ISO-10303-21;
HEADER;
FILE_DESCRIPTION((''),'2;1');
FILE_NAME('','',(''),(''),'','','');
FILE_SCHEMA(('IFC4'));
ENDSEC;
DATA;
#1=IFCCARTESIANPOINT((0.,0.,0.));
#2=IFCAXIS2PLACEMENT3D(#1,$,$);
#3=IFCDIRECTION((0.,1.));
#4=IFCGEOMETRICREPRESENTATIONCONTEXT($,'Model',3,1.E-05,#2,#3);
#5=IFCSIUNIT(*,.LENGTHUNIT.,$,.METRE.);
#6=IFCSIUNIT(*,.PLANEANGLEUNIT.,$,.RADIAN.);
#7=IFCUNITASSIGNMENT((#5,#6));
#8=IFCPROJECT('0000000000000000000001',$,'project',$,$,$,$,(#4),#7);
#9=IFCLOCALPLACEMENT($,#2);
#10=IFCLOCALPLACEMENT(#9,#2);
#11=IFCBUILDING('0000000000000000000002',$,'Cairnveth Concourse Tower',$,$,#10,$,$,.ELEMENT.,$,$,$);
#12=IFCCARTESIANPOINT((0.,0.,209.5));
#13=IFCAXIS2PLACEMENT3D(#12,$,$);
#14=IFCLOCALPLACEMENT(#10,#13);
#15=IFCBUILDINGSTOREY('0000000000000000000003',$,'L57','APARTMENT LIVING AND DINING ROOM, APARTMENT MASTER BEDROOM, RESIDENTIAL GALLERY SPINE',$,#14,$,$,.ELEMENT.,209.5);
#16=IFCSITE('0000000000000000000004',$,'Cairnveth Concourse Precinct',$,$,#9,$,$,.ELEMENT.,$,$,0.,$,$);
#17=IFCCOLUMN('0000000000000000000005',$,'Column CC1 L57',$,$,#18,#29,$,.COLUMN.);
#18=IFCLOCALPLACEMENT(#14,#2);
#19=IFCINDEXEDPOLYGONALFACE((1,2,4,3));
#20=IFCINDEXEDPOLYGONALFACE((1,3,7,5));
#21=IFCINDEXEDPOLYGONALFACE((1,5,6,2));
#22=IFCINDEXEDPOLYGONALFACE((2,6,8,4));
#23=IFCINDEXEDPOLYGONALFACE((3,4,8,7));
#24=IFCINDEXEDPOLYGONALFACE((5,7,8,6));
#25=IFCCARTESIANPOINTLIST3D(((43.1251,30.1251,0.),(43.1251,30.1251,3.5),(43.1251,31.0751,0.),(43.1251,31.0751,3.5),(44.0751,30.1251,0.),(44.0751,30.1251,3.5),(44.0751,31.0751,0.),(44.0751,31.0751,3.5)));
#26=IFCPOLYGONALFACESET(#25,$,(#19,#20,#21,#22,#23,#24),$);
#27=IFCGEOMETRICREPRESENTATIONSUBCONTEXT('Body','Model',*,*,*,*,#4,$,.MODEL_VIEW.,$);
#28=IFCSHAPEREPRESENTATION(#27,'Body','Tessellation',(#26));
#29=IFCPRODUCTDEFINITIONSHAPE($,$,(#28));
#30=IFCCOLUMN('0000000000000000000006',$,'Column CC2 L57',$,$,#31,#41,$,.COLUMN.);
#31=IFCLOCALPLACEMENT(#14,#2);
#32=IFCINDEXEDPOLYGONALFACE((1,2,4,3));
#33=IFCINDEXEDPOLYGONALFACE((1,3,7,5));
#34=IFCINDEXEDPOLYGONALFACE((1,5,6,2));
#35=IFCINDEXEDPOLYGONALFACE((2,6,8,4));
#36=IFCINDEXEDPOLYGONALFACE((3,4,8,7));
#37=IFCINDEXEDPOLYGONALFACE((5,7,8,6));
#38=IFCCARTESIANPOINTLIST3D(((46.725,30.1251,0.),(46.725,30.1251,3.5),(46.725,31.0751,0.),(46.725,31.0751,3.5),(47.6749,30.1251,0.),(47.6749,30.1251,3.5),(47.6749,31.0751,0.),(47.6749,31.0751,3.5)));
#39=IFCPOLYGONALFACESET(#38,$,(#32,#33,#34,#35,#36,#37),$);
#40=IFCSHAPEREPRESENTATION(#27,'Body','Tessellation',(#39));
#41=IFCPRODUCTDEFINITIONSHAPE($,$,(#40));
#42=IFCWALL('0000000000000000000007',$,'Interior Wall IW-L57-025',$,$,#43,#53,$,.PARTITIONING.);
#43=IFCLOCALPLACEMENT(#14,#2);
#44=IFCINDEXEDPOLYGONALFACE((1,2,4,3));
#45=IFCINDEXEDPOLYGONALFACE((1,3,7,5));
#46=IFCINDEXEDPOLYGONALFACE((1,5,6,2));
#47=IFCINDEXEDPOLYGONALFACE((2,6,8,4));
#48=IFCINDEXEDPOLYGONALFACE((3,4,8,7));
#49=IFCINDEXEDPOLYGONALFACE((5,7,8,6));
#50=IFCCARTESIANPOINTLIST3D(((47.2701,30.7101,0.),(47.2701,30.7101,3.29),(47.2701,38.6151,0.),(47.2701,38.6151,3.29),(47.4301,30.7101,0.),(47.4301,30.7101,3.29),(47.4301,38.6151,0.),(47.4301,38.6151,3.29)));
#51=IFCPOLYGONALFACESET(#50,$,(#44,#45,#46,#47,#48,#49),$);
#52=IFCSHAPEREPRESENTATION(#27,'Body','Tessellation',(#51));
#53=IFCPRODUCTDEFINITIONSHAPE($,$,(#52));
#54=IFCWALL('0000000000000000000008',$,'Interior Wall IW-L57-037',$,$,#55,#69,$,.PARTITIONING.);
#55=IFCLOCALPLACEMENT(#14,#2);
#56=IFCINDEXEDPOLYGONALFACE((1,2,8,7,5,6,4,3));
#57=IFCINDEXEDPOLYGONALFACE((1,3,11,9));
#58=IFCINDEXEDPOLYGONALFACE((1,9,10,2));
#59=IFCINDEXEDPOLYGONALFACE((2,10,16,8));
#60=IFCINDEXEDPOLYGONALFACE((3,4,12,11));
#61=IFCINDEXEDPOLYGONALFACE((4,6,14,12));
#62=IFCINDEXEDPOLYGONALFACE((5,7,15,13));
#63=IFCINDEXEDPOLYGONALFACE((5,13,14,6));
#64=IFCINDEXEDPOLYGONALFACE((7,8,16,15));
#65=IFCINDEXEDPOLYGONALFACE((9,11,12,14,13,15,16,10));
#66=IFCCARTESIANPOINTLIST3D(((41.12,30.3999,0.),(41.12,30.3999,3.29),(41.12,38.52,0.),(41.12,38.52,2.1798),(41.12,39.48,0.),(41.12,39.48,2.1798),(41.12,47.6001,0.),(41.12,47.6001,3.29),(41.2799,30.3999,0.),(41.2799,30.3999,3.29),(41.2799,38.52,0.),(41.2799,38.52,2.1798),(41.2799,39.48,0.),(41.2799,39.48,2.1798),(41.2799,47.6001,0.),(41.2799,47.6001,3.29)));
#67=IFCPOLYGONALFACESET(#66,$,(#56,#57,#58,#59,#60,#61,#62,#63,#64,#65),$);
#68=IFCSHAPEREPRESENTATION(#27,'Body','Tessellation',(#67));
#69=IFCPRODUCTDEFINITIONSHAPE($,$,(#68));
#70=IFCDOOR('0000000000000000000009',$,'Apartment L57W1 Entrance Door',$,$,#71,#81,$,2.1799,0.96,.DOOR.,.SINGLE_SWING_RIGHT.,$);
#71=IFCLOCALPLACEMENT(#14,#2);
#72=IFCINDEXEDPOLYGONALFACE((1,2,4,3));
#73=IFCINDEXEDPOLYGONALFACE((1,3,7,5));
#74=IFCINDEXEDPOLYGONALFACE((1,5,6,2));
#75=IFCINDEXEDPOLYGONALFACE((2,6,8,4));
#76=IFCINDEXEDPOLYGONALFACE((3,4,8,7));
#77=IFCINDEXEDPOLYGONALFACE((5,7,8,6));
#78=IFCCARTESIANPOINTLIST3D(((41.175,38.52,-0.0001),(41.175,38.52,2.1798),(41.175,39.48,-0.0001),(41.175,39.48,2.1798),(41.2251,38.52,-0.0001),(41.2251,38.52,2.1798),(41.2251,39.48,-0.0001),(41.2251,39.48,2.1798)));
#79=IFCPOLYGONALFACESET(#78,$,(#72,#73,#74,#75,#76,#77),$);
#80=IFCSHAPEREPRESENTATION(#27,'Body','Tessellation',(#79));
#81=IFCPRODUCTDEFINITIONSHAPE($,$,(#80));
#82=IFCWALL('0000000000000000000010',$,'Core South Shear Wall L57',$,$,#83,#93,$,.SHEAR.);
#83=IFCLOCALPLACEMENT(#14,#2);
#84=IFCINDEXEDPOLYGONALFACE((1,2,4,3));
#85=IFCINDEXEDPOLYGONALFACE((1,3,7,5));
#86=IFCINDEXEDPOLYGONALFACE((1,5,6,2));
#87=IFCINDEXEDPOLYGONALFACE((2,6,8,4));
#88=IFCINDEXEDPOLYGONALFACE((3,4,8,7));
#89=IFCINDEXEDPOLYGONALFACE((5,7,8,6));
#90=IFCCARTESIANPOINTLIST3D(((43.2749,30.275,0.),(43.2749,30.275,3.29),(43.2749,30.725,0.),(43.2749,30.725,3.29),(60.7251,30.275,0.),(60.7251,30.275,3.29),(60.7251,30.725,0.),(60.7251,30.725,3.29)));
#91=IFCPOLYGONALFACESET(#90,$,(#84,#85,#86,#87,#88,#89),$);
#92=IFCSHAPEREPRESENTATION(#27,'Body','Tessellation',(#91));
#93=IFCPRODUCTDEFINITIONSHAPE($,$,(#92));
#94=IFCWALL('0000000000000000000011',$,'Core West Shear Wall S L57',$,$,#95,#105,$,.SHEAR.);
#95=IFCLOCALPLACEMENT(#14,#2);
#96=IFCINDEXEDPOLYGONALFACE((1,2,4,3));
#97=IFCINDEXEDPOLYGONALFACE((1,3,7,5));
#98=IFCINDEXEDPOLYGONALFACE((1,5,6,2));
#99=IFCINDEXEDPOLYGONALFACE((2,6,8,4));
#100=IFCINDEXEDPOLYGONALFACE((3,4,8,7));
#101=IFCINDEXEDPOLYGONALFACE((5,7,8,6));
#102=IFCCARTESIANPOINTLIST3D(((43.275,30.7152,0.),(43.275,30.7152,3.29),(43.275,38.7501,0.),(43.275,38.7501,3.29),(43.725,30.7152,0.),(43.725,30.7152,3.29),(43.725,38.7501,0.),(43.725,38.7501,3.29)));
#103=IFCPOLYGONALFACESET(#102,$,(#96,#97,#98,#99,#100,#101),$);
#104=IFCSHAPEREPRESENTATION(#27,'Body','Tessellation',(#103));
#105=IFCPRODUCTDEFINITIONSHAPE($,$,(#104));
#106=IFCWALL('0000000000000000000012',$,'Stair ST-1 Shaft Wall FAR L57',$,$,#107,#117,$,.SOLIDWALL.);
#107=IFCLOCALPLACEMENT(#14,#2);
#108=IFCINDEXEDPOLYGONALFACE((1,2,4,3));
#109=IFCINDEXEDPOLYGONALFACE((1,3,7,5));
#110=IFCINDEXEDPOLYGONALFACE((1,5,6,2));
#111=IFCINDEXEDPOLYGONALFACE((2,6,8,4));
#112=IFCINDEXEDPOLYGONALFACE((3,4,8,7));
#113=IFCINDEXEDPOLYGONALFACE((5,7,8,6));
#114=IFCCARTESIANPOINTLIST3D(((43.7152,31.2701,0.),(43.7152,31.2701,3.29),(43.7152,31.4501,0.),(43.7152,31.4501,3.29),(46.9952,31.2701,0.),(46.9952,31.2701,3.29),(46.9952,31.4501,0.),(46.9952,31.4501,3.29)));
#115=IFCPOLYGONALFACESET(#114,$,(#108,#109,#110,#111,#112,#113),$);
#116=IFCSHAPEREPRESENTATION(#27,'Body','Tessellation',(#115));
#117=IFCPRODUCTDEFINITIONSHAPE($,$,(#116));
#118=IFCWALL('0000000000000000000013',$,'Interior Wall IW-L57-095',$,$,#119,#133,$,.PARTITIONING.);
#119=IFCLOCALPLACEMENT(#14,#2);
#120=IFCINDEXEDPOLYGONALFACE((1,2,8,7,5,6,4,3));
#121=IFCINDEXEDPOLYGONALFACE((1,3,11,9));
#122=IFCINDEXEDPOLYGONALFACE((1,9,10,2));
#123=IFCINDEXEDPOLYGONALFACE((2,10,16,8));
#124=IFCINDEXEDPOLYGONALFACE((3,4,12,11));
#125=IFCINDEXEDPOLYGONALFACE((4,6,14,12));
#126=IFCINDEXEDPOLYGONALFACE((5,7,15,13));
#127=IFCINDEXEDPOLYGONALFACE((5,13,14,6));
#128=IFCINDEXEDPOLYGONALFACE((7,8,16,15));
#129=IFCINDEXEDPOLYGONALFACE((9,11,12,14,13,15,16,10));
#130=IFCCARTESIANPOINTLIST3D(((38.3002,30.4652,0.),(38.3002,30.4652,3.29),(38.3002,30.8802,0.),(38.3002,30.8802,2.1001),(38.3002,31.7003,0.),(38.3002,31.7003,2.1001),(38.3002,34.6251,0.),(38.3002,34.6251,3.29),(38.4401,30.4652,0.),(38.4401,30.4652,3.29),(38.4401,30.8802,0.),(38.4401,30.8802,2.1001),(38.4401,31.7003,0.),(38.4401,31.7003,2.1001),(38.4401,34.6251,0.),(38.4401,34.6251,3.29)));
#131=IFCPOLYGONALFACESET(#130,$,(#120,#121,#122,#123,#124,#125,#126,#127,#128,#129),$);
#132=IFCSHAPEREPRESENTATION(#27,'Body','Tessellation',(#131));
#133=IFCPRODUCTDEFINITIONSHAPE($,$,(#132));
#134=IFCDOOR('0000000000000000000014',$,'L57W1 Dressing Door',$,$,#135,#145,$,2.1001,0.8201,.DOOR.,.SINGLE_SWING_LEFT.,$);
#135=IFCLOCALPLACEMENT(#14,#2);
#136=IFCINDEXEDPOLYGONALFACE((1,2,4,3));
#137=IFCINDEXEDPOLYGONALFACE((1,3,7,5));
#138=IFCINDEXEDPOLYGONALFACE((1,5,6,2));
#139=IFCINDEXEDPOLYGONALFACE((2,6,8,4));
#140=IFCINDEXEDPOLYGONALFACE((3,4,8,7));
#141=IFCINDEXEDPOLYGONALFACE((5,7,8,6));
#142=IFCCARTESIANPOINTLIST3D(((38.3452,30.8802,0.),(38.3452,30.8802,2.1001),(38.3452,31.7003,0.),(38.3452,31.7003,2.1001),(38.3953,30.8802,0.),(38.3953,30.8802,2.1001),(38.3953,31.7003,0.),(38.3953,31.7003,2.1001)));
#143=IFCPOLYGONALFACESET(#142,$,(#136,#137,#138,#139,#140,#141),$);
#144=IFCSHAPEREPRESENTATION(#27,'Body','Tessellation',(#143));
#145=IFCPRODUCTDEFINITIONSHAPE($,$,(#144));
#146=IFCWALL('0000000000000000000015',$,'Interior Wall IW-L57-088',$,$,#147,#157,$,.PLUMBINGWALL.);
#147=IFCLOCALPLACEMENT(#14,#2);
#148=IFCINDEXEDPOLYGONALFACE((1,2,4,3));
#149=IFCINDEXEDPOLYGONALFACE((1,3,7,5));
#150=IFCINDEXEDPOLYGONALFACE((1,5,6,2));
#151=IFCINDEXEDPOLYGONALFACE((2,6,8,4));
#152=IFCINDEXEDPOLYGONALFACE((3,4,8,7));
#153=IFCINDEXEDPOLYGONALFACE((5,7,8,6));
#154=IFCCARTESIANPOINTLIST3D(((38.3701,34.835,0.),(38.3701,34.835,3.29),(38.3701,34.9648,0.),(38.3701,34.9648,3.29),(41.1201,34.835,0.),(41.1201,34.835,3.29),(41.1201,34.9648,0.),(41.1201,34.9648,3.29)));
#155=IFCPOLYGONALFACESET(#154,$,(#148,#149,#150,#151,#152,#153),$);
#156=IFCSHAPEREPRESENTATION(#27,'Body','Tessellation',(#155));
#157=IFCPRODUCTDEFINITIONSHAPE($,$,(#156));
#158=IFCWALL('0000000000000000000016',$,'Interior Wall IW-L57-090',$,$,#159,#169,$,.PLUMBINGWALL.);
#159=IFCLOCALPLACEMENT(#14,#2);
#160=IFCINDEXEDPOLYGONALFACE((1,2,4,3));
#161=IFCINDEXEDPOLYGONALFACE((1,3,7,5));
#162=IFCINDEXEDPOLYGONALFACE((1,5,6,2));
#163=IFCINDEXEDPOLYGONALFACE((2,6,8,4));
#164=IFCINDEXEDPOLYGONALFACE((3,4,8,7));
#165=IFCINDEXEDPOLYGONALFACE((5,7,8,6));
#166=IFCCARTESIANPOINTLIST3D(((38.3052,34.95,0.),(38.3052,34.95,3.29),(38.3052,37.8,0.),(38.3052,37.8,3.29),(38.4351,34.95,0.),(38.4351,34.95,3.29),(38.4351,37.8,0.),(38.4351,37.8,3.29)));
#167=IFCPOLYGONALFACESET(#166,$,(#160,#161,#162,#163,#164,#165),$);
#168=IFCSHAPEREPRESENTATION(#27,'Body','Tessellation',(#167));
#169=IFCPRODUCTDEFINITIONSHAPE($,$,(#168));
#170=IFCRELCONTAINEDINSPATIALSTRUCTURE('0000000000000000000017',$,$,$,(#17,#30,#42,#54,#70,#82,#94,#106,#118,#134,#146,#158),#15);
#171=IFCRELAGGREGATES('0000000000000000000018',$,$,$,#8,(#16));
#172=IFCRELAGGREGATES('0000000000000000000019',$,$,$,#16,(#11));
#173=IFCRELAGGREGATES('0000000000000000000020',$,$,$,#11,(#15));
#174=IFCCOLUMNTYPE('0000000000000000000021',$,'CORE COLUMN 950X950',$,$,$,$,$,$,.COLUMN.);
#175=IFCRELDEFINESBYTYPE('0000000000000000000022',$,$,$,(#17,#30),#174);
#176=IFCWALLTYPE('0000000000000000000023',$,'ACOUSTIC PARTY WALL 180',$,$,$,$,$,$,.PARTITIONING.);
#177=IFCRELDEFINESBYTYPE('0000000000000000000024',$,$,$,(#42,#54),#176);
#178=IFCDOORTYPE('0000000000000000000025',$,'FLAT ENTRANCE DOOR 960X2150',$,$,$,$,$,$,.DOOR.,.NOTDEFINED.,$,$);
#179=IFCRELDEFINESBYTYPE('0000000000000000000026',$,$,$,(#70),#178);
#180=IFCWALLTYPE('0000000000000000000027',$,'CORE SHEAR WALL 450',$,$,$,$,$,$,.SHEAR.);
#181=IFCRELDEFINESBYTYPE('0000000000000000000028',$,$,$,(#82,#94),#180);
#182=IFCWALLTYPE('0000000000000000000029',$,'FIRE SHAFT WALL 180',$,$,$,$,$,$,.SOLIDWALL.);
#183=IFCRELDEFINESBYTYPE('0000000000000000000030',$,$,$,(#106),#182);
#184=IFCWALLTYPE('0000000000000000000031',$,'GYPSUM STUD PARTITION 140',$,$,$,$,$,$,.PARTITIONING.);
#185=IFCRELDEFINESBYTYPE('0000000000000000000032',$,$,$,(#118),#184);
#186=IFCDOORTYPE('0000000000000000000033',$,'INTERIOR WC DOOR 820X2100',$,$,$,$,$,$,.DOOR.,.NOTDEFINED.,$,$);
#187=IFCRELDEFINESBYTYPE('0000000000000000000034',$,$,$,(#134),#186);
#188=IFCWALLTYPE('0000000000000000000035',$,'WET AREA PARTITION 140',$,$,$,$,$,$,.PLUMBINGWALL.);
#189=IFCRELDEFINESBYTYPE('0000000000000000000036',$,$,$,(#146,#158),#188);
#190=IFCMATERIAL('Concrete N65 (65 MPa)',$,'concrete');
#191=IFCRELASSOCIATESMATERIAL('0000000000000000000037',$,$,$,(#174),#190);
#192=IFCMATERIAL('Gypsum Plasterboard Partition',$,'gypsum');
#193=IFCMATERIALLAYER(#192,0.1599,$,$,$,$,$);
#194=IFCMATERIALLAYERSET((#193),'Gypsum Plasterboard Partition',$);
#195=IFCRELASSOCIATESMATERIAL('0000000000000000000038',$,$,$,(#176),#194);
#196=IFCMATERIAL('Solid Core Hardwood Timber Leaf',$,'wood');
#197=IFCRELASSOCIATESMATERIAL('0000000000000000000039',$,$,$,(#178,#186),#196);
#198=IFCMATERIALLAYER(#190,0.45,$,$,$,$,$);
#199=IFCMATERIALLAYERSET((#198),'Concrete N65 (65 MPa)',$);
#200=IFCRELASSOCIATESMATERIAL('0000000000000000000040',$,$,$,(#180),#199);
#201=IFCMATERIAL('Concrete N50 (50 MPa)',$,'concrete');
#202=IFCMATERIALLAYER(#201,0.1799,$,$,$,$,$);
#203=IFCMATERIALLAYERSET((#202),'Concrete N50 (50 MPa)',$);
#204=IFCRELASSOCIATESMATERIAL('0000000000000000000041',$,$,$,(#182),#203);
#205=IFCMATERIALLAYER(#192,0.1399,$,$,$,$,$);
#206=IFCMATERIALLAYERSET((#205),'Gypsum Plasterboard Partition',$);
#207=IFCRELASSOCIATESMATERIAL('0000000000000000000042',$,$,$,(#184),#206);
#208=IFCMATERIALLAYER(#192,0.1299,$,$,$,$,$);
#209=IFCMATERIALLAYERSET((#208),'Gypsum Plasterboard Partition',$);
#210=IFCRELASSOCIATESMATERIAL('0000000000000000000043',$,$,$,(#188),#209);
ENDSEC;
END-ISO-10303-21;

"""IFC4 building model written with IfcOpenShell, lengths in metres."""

from ifc_helpers import new_model, si_unit, direction, frame, frame_2d, origin, origin_2d, place, context, subcontext, project, spatial, rectangle, extrude, material, layer, layer_set, material_profile, profile_set, type_object, element, fill, save


model = new_model("IFC4")

# Units and contexts
model_context = context("Model", 3, precision=1e-05, world=origin(), true_north=direction((0.0, 1.0)))
body_context = subcontext(model_context, "Body", "Model", "MODEL_VIEW")
ifc_project = project(units=[si_unit("LENGTHUNIT", "METRE"), si_unit("PLANEANGLEUNIT", "RADIAN")], contexts=[model_context])

# Site, building, storey
site_placement = place(None, origin())
site = spatial("IfcSite", under=ifc_project, at=site_placement, Name="Cairnveth Concourse Precinct", CompositionType="ELEMENT", RefElevation=0.0)
building_placement = place(site_placement, origin())
building = spatial("IfcBuilding", under=site, at=building_placement, Name="Cairnveth Concourse Tower", CompositionType="ELEMENT")
storey_placement = place(building_placement, frame((0.0, 0.0, 209.5)))
storey = spatial("IfcBuildingStorey", under=building, at=storey_placement, Name="L57", Description="APARTMENT LIVING AND DINING ROOM, APARTMENT MASTER BEDROOM, RESIDENTIAL GALLERY SPINE", CompositionType="ELEMENT", Elevation=209.5)

# Columns
ifc_material_1 = material(Name="Concrete N65 (65 MPa)", Category="concrete")
ifc_material_profile = material_profile(ifc_material_1, rectangle(XDim=0.95, YDim=0.95, at=origin_2d()), Name="RC-COL-950x950")
ifc_profile_set = profile_set([ifc_material_profile], Name="Concrete N65 (65 MPa)")
column_type = type_object("IfcColumnType", Name="CORE COLUMN 950X950", PredefinedType="COLUMN", material=ifc_profile_set)
for number, where, z_axis, x_axis, name in (
    (1, (43.6001, 30.6001, 0.0), (0.0, 0.0, 1.0), (1.0, 0.0, 0.0), "Column CC1 L57"),
    (2, (47.2, 30.6001, 0.0), (0.0, 0.0, 1.0), (1.0, 0.0, 0.0), "Column CC2 L57"),
):
    element("IfcColumn", number, at=place(storey_placement, frame(where, z_axis=z_axis, x_axis=x_axis)), inside=storey, type_object=column_type, Name=name, PredefinedType="COLUMN", context=body_context, shape_type="SweptSolid", body=[
        extrude(rectangle(XDim=0.95, YDim=0.95, at=origin_2d()), origin(), (0.0, 0.0, 1.0), 3.5),
    ])

# Wall
ifc_material_2 = material(Name="Gypsum Plasterboard Partition", Category="gypsum")
ifc_layer_1 = layer(ifc_material_2, 0.1599)
ifc_layer_set_1 = layer_set([ifc_layer_1], Name="Gypsum Plasterboard Partition")
wall_type_1 = type_object("IfcWallType", Name="ACOUSTIC PARTY WALL 180", PredefinedType="PARTITIONING", material=ifc_layer_set_1)
wall_1_placement = place(storey_placement, frame((47.3501, 30.71, 0.0), z_axis=(0.0, 0.0, 1.0), x_axis=(0.0, 1.0, 0.0)))
element("IfcWall", 3, at=wall_1_placement, inside=storey, type_object=wall_type_1, Name="Interior Wall IW-L57-025", PredefinedType="PARTITIONING", context=body_context, shape_type="SweptSolid", body=[
    extrude(rectangle(XDim=7.905, YDim=0.1599, at=frame_2d((3.9526, 0.0))), origin(), (0.0, 0.0, 1.0), 3.29),
])

# Wall, opening, door
wall_2_placement = place(storey_placement, frame((41.2, 30.3999, 0.0), z_axis=(0.0, 0.0, 1.0), x_axis=(0.0, 1.0, 0.0)))
wall_2 = element("IfcWall", 4, at=wall_2_placement, inside=storey, type_object=wall_type_1, Name="Interior Wall IW-L57-037", PredefinedType="PARTITIONING", context=body_context, shape_type="SweptSolid", body=[
    extrude(rectangle(XDim=17.2002, YDim=0.1599, at=frame_2d((8.6001, 0.0))), origin(), (0.0, 0.0, 1.0), 3.29),
])
opening_1_placement = place(wall_2_placement, frame((8.1201, 0.0, 0.0)))
opening_1 = element("IfcOpeningElement", 5, at=opening_1_placement, cuts=wall_2, PredefinedType="OPENING", context=body_context, shape_type="SweptSolid", body=[
    extrude(rectangle(XDim=0.96, YDim=2.1799, at=frame_2d((0.48, 1.0898))), frame((0.0, 0.0898, 0.0), z_axis=(0.0, -1.0, 0.0), x_axis=(1.0, 0.0, 0.0)), (0.0, 0.0, 1.0), 0.1799),
])
ifc_material_3 = material(Name="Solid Core Hardwood Timber Leaf", Category="wood")
door_type_1 = type_object("IfcDoorType", Name="FLAT ENTRANCE DOOR 960X2150", OperationType="NOTDEFINED", PredefinedType="DOOR", material=ifc_material_3)
door_1_placement = place(opening_1_placement, origin())
door_1 = element("IfcDoor", 6, at=door_1_placement, inside=storey, type_object=door_type_1, Name="Apartment L57W1 Entrance Door", OperationType="SINGLE_SWING_RIGHT", OverallHeight=2.1799, OverallWidth=0.96, PredefinedType="DOOR", context=body_context, shape_type="SweptSolid", body=[
    extrude(rectangle(XDim=0.96, YDim=2.1799, at=frame_2d((0.48, 1.0898))), frame((0.0, 0.0249, 0.0), z_axis=(0.0, -1.0, 0.0), x_axis=(1.0, 0.0, 0.0)), (0.0, 0.0, 1.0), 0.05),
])
fill(opening_1, door_1)

# Walls
ifc_layer_2 = layer(ifc_material_1, 0.45)
ifc_layer_set_2 = layer_set([ifc_layer_2], Name="Concrete N65 (65 MPa)")
wall_type_2 = type_object("IfcWallType", Name="CORE SHEAR WALL 450", PredefinedType="SHEAR", material=ifc_layer_set_2)
wall_3_placement = place(storey_placement, frame((43.2749, 30.5, 0.0), z_axis=(0.0, 0.0, 1.0), x_axis=(1.0, 0.0, 0.0)))
element("IfcWall", 7, at=wall_3_placement, inside=storey, type_object=wall_type_2, Name="Core South Shear Wall L57", PredefinedType="SHEAR", context=body_context, shape_type="SweptSolid", body=[
    extrude(rectangle(XDim=17.4502, YDim=0.45, at=frame_2d((8.7251, 0.0))), origin(), (0.0, 0.0, 1.0), 3.29),
])
wall_4_placement = place(storey_placement, frame((43.5, 30.7151, 0.0), z_axis=(0.0, 0.0, 1.0), x_axis=(0.0, 1.0, 0.0)))
element("IfcWall", 8, at=wall_4_placement, inside=storey, type_object=wall_type_2, Name="Core West Shear Wall S L57", PredefinedType="SHEAR", context=body_context, shape_type="SweptSolid", body=[
    extrude(rectangle(XDim=8.0349, YDim=0.45, at=frame_2d((4.0176, 0.0))), origin(), (0.0, 0.0, 1.0), 3.29),
])
ifc_material_4 = material(Name="Concrete N50 (50 MPa)", Category="concrete")
ifc_layer_3 = layer(ifc_material_4, 0.1799)
ifc_layer_set_3 = layer_set([ifc_layer_3], Name="Concrete N50 (50 MPa)")
wall_type_3 = type_object("IfcWallType", Name="FIRE SHAFT WALL 180", PredefinedType="SOLIDWALL", material=ifc_layer_set_3)
wall_5_placement = place(storey_placement, frame((43.7151, 31.3601, 0.0), z_axis=(0.0, 0.0, 1.0), x_axis=(1.0, 0.0, 0.0)))
element("IfcWall", 9, at=wall_5_placement, inside=storey, type_object=wall_type_3, Name="Stair ST-1 Shaft Wall FAR L57", PredefinedType="SOLIDWALL", context=body_context, shape_type="SweptSolid", body=[
    extrude(rectangle(XDim=3.28, YDim=0.1799, at=frame_2d((1.6401, 0.0))), origin(), (0.0, 0.0, 1.0), 3.29),
])

# Wall, opening, door
ifc_layer_4 = layer(ifc_material_2, 0.1399)
ifc_layer_set_4 = layer_set([ifc_layer_4], Name="Gypsum Plasterboard Partition")
wall_type_4 = type_object("IfcWallType", Name="GYPSUM STUD PARTITION 140", PredefinedType="PARTITIONING", material=ifc_layer_set_4)
wall_6_placement = place(storey_placement, frame((38.3701, 30.4651, 0.0), z_axis=(0.0, 0.0, 1.0), x_axis=(0.0, 1.0, 0.0)))
wall_6 = element("IfcWall", 10, at=wall_6_placement, inside=storey, type_object=wall_type_4, Name="Interior Wall IW-L57-095", PredefinedType="PARTITIONING", context=body_context, shape_type="SweptSolid", body=[
    extrude(rectangle(XDim=4.1599, YDim=0.1399, at=frame_2d((2.0801, 0.0))), origin(), (0.0, 0.0, 1.0), 3.29),
])
opening_2_placement = place(wall_6_placement, frame((0.415, 0.0, 0.0)))
opening_2 = element("IfcOpeningElement", 11, at=opening_2_placement, cuts=wall_6, PredefinedType="OPENING", context=body_context, shape_type="SweptSolid", body=[
    extrude(rectangle(XDim=0.8201, YDim=2.1001, at=frame_2d((0.4102, 1.05))), frame((0.0, 0.0798, 0.0), z_axis=(0.0, -1.0, 0.0), x_axis=(1.0, 0.0, 0.0)), (0.0, 0.0, 1.0), 0.1599),
])
door_type_2 = type_object("IfcDoorType", Name="INTERIOR WC DOOR 820X2100", OperationType="NOTDEFINED", PredefinedType="DOOR", material=ifc_material_3)
door_2_placement = place(opening_2_placement, origin())
door_2 = element("IfcDoor", 12, at=door_2_placement, inside=storey, type_object=door_type_2, Name="L57W1 Dressing Door", OperationType="SINGLE_SWING_LEFT", OverallHeight=2.1001, OverallWidth=0.8201, PredefinedType="DOOR", context=body_context, shape_type="SweptSolid", body=[
    extrude(rectangle(XDim=0.8201, YDim=2.1001, at=frame_2d((0.4102, 1.05))), frame((0.0, 0.0249, 0.0), z_axis=(0.0, -1.0, 0.0), x_axis=(1.0, 0.0, 0.0)), (0.0, 0.0, 1.0), 0.05),
])
fill(opening_2, door_2)

# Walls
ifc_layer_5 = layer(ifc_material_2, 0.1299)
ifc_layer_set_5 = layer_set([ifc_layer_5], Name="Gypsum Plasterboard Partition")
wall_type_5 = type_object("IfcWallType", Name="WET AREA PARTITION 140", PredefinedType="PLUMBINGWALL", material=ifc_layer_set_5)
wall_7_placement = place(storey_placement, frame((38.3701, 34.8999, 0.0), z_axis=(0.0, 0.0, 1.0), x_axis=(1.0, 0.0, 0.0)))
element("IfcWall", 13, at=wall_7_placement, inside=storey, type_object=wall_type_5, Name="Interior Wall IW-L57-088", PredefinedType="PLUMBINGWALL", context=body_context, shape_type="SweptSolid", body=[
    extrude(rectangle(XDim=2.75, YDim=0.1299, at=frame_2d((1.375, 0.0))), origin(), (0.0, 0.0, 1.0), 3.29),
])
wall_8_placement = place(storey_placement, frame((38.3701, 34.95, 0.0), z_axis=(0.0, 0.0, 1.0), x_axis=(0.0, 1.0, 0.0)))
element("IfcWall", 14, at=wall_8_placement, inside=storey, type_object=wall_type_5, Name="Interior Wall IW-L57-090", PredefinedType="PLUMBINGWALL", context=body_context, shape_type="SweptSolid", body=[
    extrude(rectangle(XDim=2.8501, YDim=0.1299, at=frame_2d((1.425, 0.0))), origin(), (0.0, 0.0, 1.0), 3.29),
])

save(model, "model.ifc")
